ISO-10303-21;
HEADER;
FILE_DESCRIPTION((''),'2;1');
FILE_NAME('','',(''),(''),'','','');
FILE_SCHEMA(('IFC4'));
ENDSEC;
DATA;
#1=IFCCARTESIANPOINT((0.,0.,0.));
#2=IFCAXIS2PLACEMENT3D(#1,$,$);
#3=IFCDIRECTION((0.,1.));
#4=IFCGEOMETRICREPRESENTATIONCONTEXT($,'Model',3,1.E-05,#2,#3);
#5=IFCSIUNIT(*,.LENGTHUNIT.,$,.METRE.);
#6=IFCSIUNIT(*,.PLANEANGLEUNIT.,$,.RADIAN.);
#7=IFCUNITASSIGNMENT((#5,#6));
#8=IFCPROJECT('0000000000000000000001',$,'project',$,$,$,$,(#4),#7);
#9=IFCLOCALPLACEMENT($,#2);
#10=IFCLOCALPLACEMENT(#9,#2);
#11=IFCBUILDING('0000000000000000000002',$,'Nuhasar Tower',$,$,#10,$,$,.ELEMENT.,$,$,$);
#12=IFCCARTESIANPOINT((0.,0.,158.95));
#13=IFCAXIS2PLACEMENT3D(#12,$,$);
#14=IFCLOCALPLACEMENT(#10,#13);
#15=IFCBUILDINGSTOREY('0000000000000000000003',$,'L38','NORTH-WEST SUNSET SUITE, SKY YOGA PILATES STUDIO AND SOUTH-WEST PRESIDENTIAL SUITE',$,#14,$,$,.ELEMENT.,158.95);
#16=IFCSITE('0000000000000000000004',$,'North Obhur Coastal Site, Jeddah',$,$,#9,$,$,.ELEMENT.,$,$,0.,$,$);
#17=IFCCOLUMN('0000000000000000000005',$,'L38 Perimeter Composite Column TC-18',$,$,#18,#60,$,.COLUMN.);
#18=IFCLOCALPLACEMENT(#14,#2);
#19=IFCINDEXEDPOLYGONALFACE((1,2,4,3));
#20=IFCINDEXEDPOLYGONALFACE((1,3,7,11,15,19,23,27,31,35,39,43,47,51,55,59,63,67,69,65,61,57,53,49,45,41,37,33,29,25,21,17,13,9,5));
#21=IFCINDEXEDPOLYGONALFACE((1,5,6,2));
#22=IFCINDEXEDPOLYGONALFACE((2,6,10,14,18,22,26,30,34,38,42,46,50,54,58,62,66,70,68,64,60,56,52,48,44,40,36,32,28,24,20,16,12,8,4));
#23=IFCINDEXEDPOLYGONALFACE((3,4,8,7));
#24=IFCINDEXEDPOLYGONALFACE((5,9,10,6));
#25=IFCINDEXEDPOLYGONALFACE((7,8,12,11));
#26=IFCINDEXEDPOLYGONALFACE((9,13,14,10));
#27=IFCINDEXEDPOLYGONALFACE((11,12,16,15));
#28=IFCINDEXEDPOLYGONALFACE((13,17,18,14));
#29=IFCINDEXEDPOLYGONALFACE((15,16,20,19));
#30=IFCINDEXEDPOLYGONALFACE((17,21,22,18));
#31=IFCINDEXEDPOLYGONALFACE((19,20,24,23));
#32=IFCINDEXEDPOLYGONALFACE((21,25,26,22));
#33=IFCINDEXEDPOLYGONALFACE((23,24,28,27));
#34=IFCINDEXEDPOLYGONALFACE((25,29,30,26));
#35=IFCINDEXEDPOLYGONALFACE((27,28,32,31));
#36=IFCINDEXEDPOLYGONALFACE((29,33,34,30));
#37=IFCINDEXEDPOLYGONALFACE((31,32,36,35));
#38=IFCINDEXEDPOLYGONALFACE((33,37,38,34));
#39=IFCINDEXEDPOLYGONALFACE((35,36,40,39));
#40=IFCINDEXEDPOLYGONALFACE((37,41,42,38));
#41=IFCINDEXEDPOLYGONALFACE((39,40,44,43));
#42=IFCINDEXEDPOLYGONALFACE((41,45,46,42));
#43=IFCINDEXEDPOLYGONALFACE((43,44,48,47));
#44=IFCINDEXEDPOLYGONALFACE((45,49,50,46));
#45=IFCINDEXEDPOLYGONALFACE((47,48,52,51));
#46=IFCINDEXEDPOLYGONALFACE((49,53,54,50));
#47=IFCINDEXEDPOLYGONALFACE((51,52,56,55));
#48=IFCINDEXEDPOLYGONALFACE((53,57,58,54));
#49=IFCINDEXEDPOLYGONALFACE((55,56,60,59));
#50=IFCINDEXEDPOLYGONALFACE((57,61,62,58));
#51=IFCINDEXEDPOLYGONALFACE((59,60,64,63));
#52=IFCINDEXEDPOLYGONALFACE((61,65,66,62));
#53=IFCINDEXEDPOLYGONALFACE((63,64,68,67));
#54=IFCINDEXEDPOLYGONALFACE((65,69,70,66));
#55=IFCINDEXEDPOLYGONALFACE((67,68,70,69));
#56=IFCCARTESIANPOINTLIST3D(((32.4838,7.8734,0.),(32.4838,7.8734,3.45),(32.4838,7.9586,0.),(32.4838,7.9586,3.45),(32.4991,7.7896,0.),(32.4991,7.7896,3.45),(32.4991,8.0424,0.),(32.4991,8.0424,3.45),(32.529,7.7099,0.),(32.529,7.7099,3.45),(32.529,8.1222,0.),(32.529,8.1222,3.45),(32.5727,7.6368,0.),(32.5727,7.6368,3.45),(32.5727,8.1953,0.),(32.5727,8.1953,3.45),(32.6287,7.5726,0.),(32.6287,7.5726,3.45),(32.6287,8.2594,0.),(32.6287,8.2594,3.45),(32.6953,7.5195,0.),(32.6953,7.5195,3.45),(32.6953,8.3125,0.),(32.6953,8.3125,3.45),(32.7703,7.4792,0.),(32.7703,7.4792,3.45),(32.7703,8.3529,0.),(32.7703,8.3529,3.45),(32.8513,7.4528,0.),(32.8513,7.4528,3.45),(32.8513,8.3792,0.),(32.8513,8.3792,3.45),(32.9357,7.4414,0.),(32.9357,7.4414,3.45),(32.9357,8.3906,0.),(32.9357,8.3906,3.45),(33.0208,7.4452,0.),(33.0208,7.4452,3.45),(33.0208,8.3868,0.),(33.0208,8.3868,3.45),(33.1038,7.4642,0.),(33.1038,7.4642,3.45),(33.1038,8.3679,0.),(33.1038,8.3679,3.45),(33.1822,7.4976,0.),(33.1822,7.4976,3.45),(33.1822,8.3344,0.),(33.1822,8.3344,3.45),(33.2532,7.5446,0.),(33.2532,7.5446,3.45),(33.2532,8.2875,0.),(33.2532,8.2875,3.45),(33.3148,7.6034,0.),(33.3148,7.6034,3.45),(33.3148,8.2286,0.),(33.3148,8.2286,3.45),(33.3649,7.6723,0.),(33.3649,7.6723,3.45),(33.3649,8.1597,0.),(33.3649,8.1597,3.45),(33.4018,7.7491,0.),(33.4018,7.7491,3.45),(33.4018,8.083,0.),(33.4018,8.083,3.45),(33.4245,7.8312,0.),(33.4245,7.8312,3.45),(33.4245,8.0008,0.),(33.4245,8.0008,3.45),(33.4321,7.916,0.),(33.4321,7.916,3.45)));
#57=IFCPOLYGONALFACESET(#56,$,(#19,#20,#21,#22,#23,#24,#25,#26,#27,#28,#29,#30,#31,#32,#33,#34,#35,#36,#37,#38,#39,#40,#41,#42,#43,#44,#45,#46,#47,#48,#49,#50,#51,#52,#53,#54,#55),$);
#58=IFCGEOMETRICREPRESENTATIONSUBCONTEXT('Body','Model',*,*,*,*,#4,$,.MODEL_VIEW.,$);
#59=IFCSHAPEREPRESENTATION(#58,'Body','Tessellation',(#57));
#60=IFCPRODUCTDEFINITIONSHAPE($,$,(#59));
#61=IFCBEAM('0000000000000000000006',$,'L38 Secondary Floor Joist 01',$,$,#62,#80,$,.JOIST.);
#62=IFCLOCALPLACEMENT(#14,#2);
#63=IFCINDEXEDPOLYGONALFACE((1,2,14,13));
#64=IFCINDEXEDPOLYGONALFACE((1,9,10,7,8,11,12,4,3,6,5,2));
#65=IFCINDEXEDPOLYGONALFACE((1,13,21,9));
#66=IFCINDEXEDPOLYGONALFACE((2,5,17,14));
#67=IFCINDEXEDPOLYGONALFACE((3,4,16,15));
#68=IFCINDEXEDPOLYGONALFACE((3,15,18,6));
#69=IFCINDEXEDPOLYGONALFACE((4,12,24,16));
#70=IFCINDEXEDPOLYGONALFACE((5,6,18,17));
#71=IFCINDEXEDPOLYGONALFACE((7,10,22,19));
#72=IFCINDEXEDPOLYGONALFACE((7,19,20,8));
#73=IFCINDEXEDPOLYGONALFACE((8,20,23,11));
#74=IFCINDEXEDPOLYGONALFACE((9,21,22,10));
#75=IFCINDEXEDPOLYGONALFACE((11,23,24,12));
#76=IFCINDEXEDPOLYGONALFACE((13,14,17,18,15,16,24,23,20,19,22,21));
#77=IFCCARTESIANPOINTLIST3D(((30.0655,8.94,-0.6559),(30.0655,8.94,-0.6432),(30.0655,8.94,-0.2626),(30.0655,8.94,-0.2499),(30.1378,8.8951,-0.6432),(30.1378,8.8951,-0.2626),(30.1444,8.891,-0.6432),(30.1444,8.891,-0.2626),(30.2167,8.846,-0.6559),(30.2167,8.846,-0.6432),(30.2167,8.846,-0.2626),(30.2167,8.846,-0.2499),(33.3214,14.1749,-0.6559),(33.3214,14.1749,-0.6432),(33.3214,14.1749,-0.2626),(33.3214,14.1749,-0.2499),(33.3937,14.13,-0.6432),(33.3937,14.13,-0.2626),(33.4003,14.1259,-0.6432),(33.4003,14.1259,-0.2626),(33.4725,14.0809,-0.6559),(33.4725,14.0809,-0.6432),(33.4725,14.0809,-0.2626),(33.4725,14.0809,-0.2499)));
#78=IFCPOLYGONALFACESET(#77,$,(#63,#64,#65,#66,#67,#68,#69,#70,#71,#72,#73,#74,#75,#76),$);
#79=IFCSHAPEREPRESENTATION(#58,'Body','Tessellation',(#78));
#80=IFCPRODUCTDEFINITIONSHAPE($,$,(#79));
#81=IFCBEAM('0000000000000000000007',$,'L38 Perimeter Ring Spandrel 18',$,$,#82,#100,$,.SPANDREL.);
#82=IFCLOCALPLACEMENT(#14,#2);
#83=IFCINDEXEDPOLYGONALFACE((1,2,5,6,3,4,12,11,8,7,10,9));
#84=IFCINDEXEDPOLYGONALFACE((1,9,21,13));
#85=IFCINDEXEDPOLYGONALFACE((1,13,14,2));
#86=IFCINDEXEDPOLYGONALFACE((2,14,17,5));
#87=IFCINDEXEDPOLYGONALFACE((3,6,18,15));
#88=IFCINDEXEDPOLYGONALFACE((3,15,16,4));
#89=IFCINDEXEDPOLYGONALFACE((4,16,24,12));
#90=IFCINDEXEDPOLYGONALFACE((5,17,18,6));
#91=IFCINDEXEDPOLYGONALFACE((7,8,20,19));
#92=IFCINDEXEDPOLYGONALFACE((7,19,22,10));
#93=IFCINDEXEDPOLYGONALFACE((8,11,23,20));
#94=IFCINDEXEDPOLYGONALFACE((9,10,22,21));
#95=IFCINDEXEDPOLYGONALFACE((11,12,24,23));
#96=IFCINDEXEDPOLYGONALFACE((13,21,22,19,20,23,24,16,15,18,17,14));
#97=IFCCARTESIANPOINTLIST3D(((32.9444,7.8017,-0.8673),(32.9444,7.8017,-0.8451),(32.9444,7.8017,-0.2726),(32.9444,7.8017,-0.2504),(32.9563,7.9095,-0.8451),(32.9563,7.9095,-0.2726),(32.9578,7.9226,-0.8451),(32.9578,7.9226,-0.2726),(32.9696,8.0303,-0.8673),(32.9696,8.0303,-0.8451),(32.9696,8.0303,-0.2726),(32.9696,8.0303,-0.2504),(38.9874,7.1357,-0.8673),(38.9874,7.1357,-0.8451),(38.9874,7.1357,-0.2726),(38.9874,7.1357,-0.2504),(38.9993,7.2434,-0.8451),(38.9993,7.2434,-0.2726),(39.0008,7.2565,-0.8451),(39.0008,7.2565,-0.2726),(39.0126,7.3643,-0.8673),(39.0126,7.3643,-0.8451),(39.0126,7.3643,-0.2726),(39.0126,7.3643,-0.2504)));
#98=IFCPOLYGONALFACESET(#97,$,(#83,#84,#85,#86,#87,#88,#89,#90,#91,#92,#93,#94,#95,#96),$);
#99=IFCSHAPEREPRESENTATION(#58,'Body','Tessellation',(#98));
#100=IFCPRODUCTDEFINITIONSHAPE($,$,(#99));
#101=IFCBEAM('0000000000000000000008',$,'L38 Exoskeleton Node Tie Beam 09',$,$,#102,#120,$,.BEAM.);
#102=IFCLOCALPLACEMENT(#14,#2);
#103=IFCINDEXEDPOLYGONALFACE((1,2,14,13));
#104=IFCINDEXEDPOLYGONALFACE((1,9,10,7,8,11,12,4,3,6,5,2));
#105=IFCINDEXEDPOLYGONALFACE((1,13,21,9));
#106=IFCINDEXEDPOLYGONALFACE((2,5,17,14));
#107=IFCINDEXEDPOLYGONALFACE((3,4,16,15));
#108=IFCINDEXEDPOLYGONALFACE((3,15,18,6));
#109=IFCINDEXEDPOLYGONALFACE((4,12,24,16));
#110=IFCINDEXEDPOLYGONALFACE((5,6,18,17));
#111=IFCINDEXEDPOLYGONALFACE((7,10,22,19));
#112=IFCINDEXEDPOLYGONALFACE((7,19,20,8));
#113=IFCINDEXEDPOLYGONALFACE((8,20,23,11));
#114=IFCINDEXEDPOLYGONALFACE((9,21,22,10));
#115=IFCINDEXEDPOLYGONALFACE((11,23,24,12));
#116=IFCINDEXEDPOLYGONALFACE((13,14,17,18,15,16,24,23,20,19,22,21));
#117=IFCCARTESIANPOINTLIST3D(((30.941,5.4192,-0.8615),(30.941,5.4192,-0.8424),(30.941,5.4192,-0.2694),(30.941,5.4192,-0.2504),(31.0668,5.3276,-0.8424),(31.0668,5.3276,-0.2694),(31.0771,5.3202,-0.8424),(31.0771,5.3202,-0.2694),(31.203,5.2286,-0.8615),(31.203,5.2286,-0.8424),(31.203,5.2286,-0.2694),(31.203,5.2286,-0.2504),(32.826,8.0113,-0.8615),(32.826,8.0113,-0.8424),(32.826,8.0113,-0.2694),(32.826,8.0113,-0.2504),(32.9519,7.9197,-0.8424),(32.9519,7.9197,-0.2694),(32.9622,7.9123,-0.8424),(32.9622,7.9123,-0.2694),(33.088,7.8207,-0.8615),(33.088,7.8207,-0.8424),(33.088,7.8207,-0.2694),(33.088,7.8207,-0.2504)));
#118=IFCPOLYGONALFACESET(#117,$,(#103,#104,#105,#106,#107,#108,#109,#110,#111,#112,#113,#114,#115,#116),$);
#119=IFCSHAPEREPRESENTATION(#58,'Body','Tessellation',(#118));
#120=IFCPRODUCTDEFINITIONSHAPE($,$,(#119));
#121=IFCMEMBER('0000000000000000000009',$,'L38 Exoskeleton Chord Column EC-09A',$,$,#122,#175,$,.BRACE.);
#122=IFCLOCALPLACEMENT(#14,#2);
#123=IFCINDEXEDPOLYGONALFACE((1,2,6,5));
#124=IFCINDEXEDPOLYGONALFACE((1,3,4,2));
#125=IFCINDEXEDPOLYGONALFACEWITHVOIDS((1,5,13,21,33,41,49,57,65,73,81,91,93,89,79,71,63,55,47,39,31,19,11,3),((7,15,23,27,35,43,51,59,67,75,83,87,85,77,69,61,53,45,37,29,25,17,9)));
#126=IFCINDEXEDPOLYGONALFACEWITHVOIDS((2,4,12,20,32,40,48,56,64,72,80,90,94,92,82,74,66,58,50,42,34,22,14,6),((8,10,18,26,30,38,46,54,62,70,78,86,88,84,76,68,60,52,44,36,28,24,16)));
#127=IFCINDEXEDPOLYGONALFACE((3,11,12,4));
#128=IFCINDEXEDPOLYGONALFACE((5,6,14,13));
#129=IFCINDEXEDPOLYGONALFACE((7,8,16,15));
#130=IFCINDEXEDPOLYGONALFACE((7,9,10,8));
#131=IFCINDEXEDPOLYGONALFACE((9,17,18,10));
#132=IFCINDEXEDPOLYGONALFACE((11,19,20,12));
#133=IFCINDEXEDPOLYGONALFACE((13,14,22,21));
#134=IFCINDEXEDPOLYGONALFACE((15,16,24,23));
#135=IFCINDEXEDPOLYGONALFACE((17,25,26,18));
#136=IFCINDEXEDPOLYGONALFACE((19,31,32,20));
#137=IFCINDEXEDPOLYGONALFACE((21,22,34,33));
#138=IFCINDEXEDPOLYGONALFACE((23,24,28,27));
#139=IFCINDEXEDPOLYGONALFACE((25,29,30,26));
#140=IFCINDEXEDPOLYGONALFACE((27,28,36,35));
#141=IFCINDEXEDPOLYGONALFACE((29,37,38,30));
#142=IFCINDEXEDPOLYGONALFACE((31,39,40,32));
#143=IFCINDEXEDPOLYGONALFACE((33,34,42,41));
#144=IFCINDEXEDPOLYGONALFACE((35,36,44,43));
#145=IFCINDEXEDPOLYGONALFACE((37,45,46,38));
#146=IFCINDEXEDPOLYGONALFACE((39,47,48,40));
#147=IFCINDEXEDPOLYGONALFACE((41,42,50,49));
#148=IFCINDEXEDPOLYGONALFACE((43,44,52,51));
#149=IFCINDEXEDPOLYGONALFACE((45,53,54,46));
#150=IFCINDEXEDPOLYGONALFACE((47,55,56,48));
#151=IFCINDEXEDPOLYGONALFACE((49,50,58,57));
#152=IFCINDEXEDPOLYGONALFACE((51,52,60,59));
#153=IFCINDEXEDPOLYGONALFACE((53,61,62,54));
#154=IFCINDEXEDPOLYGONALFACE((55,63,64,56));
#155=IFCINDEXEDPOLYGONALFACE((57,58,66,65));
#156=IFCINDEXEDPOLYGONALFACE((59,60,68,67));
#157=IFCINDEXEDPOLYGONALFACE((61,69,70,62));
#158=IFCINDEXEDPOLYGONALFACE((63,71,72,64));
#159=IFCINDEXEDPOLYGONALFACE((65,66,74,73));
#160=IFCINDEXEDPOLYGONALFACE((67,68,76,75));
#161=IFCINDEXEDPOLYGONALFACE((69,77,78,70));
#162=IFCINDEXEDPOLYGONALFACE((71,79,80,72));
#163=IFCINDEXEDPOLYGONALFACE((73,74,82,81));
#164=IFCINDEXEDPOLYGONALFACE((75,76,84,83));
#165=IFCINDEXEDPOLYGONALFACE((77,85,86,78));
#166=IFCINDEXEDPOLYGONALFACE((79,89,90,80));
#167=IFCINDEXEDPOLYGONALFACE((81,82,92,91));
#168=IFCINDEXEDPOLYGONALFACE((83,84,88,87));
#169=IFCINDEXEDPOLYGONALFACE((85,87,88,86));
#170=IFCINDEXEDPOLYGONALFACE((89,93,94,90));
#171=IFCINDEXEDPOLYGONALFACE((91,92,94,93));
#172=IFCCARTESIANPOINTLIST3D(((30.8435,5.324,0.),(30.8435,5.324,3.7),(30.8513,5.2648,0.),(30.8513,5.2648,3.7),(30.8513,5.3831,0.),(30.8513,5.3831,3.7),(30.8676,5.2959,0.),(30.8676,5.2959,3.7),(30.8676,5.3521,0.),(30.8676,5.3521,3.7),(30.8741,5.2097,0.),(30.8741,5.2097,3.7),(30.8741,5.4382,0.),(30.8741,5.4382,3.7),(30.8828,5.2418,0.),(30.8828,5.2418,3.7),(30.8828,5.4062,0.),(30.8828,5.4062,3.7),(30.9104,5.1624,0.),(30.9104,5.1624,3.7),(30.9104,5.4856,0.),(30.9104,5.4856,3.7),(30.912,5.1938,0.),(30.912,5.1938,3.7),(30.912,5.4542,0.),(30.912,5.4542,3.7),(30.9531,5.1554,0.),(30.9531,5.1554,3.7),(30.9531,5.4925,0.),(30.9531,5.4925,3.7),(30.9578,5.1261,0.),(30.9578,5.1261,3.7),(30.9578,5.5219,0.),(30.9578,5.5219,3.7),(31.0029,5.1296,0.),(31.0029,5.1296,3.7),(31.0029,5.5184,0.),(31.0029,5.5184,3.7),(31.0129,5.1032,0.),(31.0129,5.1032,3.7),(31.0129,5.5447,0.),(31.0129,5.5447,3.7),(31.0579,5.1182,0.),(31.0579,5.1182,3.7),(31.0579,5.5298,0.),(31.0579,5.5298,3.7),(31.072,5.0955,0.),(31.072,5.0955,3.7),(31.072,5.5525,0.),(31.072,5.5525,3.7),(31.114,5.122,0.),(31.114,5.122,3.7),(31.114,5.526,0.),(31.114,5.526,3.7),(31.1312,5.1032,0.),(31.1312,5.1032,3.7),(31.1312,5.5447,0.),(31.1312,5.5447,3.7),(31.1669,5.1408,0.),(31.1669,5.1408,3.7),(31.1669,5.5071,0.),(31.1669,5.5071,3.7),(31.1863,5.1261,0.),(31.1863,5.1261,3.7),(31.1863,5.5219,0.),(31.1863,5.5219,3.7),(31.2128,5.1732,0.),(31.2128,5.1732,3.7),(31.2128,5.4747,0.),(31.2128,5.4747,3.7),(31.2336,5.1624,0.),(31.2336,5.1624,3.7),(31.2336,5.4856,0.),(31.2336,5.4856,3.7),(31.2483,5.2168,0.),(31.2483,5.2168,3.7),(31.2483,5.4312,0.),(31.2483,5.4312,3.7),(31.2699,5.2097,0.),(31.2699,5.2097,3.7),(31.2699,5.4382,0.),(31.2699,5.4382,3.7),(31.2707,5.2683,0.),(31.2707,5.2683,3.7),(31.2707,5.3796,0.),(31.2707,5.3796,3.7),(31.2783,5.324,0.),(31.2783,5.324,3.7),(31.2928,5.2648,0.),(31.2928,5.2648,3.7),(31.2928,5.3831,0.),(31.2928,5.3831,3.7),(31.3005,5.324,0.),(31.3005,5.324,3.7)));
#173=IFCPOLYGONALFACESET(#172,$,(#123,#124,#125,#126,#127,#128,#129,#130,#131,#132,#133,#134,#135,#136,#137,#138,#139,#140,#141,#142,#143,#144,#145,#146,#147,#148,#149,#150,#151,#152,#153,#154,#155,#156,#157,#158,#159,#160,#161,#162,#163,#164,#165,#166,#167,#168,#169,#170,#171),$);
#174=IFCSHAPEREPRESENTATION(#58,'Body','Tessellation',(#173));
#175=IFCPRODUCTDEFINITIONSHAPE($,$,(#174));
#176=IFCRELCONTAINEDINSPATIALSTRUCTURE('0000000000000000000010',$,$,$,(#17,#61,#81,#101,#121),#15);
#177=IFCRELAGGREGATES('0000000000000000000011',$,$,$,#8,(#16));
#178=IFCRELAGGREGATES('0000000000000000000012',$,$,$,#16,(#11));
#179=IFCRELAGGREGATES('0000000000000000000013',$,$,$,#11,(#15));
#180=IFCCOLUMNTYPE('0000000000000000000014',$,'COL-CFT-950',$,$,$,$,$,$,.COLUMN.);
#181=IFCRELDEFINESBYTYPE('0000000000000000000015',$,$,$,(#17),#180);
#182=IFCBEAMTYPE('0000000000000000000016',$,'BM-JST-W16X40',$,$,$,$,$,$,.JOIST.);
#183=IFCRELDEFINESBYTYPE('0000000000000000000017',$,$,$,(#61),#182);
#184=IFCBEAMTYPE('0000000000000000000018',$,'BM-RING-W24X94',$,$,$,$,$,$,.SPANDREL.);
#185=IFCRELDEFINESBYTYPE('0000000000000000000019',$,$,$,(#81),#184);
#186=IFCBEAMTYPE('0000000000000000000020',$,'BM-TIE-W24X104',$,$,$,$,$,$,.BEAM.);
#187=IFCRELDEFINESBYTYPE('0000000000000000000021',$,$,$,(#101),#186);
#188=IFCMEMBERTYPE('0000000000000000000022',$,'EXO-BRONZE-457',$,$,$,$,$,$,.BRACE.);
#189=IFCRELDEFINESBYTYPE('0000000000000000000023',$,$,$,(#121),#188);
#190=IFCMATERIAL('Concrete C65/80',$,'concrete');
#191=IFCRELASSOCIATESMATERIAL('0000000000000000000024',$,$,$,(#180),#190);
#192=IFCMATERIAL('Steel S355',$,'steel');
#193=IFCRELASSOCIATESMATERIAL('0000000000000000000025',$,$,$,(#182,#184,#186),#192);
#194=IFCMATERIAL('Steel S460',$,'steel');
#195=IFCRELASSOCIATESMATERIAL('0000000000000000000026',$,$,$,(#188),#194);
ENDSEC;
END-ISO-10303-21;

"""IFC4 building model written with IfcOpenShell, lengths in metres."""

from ifc_helpers import new_model, si_unit, direction, frame, origin, origin_2d, place, context, subcontext, project, spatial, circle, hollow_circle, i_section, extrude, material, material_profile, profile_set, type_object, element, save


model = new_model("IFC4")

# Units and contexts
model_context = context("Model", 3, precision=1e-05, world=origin(), true_north=direction((0.0, 1.0)))
body_context = subcontext(model_context, "Body", "Model", "MODEL_VIEW")
ifc_project = project(units=[si_unit("LENGTHUNIT", "METRE"), si_unit("PLANEANGLEUNIT", "RADIAN")], contexts=[model_context])

# Site, building, storey
site_placement = place(None, origin())
site = spatial("IfcSite", under=ifc_project, at=site_placement, Name="North Obhur Coastal Site, Jeddah", CompositionType="ELEMENT", RefElevation=0.0)
building_placement = place(site_placement, origin())
building = spatial("IfcBuilding", under=site, at=building_placement, Name="Nuhasar Tower", CompositionType="ELEMENT")
storey_placement = place(building_placement, frame((0.0, 0.0, 158.95)))
storey = spatial("IfcBuildingStorey", under=building, at=storey_placement, Name="L38", Description="NORTH-WEST SUNSET SUITE, SKY YOGA PILATES STUDIO AND SOUTH-WEST PRESIDENTIAL SUITE", CompositionType="ELEMENT", Elevation=158.95)

# Column
ifc_material_1 = material(Name="Concrete C65/80", Category="concrete")
ifc_material_profile_1 = material_profile(ifc_material_1, circle(Radius=0.4751, at=origin_2d()), Name="CFT950")
ifc_profile_set_1 = profile_set([ifc_material_profile_1], Name="Concrete C65/80")
column_type = type_object("IfcColumnType", Name="COL-CFT-950", PredefinedType="COLUMN", material=ifc_profile_set_1)
column_placement = place(storey_placement, frame((32.957, 7.916, 0.0), z_axis=(0.0, 0.0, 1.0), x_axis=(1.0, 0.0, 0.0)))
element("IfcColumn", 1, at=column_placement, inside=storey, type_object=column_type, Name="L38 Perimeter Composite Column TC-18", PredefinedType="COLUMN", context=body_context, shape_type="SweptSolid", body=[
    extrude(circle(Radius=0.4751, at=origin_2d()), origin(), (0.0, 0.0, 1.0), 3.45),
])

# Beams
ifc_material_2 = material(Name="Steel S355", Category="steel")
ifc_material_profile_2 = material_profile(ifc_material_2, i_section(OverallWidth=0.178, OverallDepth=0.406, WebThickness=0.0078, FlangeThickness=0.0127, at=origin_2d()), Name="W16X40")
ifc_profile_set_2 = profile_set([ifc_material_profile_2], Name="Steel S355")
beam_type_1 = type_object("IfcBeamType", Name="BM-JST-W16X40", PredefinedType="JOIST", material=ifc_profile_set_2)
beam_1_placement = place(storey_placement, frame((33.397, 14.1279, -0.4529), z_axis=(-0.528139, -0.849158, 0.0), x_axis=(0.849158, -0.528139, 0.0)))
element("IfcBeam", 2, at=beam_1_placement, inside=storey, type_object=beam_type_1, Name="L38 Secondary Floor Joist 01", PredefinedType="JOIST", context=body_context, shape_type="SweptSolid", body=[
    extrude(i_section(OverallWidth=0.178, OverallDepth=0.406, WebThickness=0.0078, FlangeThickness=0.0127, at=origin_2d()), origin(), (0.0, 0.0, 1.0), 6.1648),
])
ifc_material_profile_3 = material_profile(ifc_material_2, i_section(OverallWidth=0.23, OverallDepth=0.6169, WebThickness=0.0132, FlangeThickness=0.0222, at=origin_2d()), Name="W24X94")
ifc_profile_set_3 = profile_set([ifc_material_profile_3], Name="Steel S355")
beam_type_2 = type_object("IfcBeamType", Name="BM-RING-W24X94", PredefinedType="SPANDREL", material=ifc_profile_set_3)
beam_2_placement = place(storey_placement, frame((32.957, 7.916, -0.5588), z_axis=(0.993981, -0.10955, 0.0), x_axis=(0.10955, 0.993981, 0.0)))
element("IfcBeam", 3, at=beam_2_placement, inside=storey, type_object=beam_type_2, Name="L38 Perimeter Ring Spandrel 18", PredefinedType="SPANDREL", context=body_context, shape_type="SweptSolid", body=[
    extrude(i_section(OverallWidth=0.23, OverallDepth=0.6169, WebThickness=0.0132, FlangeThickness=0.0222, at=origin_2d()), origin(), (0.0, 0.0, 1.0), 6.0796),
])
ifc_material_profile_4 = material_profile(ifc_material_2, i_section(OverallWidth=0.324, OverallDepth=0.6111, WebThickness=0.0127, FlangeThickness=0.019, at=origin_2d()), Name="W24X104")
ifc_profile_set_4 = profile_set([ifc_material_profile_4], Name="Steel S355")
beam_type_3 = type_object("IfcBeamType", Name="BM-TIE-W24X104", PredefinedType="BEAM", material=ifc_profile_set_4)
beam_3_placement = place(storey_placement, frame((32.957, 7.916, -0.5559), z_axis=(-0.588149, -0.808753, 0.0), x_axis=(0.808753, -0.588149, 0.0)))
element("IfcBeam", 4, at=beam_3_placement, inside=storey, type_object=beam_type_3, Name="L38 Exoskeleton Node Tie Beam 09", PredefinedType="BEAM", context=body_context, shape_type="SweptSolid", body=[
    extrude(i_section(OverallWidth=0.324, OverallDepth=0.6111, WebThickness=0.0127, FlangeThickness=0.019, at=origin_2d()), origin(), (0.0, 0.0, 1.0), 3.2051),
])

# Member
ifc_material_3 = material(Name="Steel S460", Category="steel")
ifc_material_profile_5 = material_profile(ifc_material_3, hollow_circle(Radius=0.2285, WallThickness=0.0222, at=origin_2d()), Name="HSS457X22.2")
ifc_profile_set_5 = profile_set([ifc_material_profile_5], Name="Steel S460")
member_type = type_object("IfcMemberType", Name="EXO-BRONZE-457", PredefinedType="BRACE", material=ifc_profile_set_5)
for number, where, z_axis, x_axis, name in (
    (5, (31.072, 5.324, 0.0), (0.0, 0.0, 1.0), (1.0, 0.0, 0.0), "L38 Exoskeleton Chord Column EC-09A"),
):
    element("IfcMember", number, at=place(storey_placement, frame(where, z_axis=z_axis, x_axis=x_axis)), inside=storey, type_object=member_type, Name=name, PredefinedType="BRACE", context=body_context, shape_type="SweptSolid", body=[
        extrude(hollow_circle(Radius=0.2285, WallThickness=0.0222, at=origin_2d()), origin(), (0.0, 0.0, 1.0), 3.7),
    ])

save(model, "model.ifc")
